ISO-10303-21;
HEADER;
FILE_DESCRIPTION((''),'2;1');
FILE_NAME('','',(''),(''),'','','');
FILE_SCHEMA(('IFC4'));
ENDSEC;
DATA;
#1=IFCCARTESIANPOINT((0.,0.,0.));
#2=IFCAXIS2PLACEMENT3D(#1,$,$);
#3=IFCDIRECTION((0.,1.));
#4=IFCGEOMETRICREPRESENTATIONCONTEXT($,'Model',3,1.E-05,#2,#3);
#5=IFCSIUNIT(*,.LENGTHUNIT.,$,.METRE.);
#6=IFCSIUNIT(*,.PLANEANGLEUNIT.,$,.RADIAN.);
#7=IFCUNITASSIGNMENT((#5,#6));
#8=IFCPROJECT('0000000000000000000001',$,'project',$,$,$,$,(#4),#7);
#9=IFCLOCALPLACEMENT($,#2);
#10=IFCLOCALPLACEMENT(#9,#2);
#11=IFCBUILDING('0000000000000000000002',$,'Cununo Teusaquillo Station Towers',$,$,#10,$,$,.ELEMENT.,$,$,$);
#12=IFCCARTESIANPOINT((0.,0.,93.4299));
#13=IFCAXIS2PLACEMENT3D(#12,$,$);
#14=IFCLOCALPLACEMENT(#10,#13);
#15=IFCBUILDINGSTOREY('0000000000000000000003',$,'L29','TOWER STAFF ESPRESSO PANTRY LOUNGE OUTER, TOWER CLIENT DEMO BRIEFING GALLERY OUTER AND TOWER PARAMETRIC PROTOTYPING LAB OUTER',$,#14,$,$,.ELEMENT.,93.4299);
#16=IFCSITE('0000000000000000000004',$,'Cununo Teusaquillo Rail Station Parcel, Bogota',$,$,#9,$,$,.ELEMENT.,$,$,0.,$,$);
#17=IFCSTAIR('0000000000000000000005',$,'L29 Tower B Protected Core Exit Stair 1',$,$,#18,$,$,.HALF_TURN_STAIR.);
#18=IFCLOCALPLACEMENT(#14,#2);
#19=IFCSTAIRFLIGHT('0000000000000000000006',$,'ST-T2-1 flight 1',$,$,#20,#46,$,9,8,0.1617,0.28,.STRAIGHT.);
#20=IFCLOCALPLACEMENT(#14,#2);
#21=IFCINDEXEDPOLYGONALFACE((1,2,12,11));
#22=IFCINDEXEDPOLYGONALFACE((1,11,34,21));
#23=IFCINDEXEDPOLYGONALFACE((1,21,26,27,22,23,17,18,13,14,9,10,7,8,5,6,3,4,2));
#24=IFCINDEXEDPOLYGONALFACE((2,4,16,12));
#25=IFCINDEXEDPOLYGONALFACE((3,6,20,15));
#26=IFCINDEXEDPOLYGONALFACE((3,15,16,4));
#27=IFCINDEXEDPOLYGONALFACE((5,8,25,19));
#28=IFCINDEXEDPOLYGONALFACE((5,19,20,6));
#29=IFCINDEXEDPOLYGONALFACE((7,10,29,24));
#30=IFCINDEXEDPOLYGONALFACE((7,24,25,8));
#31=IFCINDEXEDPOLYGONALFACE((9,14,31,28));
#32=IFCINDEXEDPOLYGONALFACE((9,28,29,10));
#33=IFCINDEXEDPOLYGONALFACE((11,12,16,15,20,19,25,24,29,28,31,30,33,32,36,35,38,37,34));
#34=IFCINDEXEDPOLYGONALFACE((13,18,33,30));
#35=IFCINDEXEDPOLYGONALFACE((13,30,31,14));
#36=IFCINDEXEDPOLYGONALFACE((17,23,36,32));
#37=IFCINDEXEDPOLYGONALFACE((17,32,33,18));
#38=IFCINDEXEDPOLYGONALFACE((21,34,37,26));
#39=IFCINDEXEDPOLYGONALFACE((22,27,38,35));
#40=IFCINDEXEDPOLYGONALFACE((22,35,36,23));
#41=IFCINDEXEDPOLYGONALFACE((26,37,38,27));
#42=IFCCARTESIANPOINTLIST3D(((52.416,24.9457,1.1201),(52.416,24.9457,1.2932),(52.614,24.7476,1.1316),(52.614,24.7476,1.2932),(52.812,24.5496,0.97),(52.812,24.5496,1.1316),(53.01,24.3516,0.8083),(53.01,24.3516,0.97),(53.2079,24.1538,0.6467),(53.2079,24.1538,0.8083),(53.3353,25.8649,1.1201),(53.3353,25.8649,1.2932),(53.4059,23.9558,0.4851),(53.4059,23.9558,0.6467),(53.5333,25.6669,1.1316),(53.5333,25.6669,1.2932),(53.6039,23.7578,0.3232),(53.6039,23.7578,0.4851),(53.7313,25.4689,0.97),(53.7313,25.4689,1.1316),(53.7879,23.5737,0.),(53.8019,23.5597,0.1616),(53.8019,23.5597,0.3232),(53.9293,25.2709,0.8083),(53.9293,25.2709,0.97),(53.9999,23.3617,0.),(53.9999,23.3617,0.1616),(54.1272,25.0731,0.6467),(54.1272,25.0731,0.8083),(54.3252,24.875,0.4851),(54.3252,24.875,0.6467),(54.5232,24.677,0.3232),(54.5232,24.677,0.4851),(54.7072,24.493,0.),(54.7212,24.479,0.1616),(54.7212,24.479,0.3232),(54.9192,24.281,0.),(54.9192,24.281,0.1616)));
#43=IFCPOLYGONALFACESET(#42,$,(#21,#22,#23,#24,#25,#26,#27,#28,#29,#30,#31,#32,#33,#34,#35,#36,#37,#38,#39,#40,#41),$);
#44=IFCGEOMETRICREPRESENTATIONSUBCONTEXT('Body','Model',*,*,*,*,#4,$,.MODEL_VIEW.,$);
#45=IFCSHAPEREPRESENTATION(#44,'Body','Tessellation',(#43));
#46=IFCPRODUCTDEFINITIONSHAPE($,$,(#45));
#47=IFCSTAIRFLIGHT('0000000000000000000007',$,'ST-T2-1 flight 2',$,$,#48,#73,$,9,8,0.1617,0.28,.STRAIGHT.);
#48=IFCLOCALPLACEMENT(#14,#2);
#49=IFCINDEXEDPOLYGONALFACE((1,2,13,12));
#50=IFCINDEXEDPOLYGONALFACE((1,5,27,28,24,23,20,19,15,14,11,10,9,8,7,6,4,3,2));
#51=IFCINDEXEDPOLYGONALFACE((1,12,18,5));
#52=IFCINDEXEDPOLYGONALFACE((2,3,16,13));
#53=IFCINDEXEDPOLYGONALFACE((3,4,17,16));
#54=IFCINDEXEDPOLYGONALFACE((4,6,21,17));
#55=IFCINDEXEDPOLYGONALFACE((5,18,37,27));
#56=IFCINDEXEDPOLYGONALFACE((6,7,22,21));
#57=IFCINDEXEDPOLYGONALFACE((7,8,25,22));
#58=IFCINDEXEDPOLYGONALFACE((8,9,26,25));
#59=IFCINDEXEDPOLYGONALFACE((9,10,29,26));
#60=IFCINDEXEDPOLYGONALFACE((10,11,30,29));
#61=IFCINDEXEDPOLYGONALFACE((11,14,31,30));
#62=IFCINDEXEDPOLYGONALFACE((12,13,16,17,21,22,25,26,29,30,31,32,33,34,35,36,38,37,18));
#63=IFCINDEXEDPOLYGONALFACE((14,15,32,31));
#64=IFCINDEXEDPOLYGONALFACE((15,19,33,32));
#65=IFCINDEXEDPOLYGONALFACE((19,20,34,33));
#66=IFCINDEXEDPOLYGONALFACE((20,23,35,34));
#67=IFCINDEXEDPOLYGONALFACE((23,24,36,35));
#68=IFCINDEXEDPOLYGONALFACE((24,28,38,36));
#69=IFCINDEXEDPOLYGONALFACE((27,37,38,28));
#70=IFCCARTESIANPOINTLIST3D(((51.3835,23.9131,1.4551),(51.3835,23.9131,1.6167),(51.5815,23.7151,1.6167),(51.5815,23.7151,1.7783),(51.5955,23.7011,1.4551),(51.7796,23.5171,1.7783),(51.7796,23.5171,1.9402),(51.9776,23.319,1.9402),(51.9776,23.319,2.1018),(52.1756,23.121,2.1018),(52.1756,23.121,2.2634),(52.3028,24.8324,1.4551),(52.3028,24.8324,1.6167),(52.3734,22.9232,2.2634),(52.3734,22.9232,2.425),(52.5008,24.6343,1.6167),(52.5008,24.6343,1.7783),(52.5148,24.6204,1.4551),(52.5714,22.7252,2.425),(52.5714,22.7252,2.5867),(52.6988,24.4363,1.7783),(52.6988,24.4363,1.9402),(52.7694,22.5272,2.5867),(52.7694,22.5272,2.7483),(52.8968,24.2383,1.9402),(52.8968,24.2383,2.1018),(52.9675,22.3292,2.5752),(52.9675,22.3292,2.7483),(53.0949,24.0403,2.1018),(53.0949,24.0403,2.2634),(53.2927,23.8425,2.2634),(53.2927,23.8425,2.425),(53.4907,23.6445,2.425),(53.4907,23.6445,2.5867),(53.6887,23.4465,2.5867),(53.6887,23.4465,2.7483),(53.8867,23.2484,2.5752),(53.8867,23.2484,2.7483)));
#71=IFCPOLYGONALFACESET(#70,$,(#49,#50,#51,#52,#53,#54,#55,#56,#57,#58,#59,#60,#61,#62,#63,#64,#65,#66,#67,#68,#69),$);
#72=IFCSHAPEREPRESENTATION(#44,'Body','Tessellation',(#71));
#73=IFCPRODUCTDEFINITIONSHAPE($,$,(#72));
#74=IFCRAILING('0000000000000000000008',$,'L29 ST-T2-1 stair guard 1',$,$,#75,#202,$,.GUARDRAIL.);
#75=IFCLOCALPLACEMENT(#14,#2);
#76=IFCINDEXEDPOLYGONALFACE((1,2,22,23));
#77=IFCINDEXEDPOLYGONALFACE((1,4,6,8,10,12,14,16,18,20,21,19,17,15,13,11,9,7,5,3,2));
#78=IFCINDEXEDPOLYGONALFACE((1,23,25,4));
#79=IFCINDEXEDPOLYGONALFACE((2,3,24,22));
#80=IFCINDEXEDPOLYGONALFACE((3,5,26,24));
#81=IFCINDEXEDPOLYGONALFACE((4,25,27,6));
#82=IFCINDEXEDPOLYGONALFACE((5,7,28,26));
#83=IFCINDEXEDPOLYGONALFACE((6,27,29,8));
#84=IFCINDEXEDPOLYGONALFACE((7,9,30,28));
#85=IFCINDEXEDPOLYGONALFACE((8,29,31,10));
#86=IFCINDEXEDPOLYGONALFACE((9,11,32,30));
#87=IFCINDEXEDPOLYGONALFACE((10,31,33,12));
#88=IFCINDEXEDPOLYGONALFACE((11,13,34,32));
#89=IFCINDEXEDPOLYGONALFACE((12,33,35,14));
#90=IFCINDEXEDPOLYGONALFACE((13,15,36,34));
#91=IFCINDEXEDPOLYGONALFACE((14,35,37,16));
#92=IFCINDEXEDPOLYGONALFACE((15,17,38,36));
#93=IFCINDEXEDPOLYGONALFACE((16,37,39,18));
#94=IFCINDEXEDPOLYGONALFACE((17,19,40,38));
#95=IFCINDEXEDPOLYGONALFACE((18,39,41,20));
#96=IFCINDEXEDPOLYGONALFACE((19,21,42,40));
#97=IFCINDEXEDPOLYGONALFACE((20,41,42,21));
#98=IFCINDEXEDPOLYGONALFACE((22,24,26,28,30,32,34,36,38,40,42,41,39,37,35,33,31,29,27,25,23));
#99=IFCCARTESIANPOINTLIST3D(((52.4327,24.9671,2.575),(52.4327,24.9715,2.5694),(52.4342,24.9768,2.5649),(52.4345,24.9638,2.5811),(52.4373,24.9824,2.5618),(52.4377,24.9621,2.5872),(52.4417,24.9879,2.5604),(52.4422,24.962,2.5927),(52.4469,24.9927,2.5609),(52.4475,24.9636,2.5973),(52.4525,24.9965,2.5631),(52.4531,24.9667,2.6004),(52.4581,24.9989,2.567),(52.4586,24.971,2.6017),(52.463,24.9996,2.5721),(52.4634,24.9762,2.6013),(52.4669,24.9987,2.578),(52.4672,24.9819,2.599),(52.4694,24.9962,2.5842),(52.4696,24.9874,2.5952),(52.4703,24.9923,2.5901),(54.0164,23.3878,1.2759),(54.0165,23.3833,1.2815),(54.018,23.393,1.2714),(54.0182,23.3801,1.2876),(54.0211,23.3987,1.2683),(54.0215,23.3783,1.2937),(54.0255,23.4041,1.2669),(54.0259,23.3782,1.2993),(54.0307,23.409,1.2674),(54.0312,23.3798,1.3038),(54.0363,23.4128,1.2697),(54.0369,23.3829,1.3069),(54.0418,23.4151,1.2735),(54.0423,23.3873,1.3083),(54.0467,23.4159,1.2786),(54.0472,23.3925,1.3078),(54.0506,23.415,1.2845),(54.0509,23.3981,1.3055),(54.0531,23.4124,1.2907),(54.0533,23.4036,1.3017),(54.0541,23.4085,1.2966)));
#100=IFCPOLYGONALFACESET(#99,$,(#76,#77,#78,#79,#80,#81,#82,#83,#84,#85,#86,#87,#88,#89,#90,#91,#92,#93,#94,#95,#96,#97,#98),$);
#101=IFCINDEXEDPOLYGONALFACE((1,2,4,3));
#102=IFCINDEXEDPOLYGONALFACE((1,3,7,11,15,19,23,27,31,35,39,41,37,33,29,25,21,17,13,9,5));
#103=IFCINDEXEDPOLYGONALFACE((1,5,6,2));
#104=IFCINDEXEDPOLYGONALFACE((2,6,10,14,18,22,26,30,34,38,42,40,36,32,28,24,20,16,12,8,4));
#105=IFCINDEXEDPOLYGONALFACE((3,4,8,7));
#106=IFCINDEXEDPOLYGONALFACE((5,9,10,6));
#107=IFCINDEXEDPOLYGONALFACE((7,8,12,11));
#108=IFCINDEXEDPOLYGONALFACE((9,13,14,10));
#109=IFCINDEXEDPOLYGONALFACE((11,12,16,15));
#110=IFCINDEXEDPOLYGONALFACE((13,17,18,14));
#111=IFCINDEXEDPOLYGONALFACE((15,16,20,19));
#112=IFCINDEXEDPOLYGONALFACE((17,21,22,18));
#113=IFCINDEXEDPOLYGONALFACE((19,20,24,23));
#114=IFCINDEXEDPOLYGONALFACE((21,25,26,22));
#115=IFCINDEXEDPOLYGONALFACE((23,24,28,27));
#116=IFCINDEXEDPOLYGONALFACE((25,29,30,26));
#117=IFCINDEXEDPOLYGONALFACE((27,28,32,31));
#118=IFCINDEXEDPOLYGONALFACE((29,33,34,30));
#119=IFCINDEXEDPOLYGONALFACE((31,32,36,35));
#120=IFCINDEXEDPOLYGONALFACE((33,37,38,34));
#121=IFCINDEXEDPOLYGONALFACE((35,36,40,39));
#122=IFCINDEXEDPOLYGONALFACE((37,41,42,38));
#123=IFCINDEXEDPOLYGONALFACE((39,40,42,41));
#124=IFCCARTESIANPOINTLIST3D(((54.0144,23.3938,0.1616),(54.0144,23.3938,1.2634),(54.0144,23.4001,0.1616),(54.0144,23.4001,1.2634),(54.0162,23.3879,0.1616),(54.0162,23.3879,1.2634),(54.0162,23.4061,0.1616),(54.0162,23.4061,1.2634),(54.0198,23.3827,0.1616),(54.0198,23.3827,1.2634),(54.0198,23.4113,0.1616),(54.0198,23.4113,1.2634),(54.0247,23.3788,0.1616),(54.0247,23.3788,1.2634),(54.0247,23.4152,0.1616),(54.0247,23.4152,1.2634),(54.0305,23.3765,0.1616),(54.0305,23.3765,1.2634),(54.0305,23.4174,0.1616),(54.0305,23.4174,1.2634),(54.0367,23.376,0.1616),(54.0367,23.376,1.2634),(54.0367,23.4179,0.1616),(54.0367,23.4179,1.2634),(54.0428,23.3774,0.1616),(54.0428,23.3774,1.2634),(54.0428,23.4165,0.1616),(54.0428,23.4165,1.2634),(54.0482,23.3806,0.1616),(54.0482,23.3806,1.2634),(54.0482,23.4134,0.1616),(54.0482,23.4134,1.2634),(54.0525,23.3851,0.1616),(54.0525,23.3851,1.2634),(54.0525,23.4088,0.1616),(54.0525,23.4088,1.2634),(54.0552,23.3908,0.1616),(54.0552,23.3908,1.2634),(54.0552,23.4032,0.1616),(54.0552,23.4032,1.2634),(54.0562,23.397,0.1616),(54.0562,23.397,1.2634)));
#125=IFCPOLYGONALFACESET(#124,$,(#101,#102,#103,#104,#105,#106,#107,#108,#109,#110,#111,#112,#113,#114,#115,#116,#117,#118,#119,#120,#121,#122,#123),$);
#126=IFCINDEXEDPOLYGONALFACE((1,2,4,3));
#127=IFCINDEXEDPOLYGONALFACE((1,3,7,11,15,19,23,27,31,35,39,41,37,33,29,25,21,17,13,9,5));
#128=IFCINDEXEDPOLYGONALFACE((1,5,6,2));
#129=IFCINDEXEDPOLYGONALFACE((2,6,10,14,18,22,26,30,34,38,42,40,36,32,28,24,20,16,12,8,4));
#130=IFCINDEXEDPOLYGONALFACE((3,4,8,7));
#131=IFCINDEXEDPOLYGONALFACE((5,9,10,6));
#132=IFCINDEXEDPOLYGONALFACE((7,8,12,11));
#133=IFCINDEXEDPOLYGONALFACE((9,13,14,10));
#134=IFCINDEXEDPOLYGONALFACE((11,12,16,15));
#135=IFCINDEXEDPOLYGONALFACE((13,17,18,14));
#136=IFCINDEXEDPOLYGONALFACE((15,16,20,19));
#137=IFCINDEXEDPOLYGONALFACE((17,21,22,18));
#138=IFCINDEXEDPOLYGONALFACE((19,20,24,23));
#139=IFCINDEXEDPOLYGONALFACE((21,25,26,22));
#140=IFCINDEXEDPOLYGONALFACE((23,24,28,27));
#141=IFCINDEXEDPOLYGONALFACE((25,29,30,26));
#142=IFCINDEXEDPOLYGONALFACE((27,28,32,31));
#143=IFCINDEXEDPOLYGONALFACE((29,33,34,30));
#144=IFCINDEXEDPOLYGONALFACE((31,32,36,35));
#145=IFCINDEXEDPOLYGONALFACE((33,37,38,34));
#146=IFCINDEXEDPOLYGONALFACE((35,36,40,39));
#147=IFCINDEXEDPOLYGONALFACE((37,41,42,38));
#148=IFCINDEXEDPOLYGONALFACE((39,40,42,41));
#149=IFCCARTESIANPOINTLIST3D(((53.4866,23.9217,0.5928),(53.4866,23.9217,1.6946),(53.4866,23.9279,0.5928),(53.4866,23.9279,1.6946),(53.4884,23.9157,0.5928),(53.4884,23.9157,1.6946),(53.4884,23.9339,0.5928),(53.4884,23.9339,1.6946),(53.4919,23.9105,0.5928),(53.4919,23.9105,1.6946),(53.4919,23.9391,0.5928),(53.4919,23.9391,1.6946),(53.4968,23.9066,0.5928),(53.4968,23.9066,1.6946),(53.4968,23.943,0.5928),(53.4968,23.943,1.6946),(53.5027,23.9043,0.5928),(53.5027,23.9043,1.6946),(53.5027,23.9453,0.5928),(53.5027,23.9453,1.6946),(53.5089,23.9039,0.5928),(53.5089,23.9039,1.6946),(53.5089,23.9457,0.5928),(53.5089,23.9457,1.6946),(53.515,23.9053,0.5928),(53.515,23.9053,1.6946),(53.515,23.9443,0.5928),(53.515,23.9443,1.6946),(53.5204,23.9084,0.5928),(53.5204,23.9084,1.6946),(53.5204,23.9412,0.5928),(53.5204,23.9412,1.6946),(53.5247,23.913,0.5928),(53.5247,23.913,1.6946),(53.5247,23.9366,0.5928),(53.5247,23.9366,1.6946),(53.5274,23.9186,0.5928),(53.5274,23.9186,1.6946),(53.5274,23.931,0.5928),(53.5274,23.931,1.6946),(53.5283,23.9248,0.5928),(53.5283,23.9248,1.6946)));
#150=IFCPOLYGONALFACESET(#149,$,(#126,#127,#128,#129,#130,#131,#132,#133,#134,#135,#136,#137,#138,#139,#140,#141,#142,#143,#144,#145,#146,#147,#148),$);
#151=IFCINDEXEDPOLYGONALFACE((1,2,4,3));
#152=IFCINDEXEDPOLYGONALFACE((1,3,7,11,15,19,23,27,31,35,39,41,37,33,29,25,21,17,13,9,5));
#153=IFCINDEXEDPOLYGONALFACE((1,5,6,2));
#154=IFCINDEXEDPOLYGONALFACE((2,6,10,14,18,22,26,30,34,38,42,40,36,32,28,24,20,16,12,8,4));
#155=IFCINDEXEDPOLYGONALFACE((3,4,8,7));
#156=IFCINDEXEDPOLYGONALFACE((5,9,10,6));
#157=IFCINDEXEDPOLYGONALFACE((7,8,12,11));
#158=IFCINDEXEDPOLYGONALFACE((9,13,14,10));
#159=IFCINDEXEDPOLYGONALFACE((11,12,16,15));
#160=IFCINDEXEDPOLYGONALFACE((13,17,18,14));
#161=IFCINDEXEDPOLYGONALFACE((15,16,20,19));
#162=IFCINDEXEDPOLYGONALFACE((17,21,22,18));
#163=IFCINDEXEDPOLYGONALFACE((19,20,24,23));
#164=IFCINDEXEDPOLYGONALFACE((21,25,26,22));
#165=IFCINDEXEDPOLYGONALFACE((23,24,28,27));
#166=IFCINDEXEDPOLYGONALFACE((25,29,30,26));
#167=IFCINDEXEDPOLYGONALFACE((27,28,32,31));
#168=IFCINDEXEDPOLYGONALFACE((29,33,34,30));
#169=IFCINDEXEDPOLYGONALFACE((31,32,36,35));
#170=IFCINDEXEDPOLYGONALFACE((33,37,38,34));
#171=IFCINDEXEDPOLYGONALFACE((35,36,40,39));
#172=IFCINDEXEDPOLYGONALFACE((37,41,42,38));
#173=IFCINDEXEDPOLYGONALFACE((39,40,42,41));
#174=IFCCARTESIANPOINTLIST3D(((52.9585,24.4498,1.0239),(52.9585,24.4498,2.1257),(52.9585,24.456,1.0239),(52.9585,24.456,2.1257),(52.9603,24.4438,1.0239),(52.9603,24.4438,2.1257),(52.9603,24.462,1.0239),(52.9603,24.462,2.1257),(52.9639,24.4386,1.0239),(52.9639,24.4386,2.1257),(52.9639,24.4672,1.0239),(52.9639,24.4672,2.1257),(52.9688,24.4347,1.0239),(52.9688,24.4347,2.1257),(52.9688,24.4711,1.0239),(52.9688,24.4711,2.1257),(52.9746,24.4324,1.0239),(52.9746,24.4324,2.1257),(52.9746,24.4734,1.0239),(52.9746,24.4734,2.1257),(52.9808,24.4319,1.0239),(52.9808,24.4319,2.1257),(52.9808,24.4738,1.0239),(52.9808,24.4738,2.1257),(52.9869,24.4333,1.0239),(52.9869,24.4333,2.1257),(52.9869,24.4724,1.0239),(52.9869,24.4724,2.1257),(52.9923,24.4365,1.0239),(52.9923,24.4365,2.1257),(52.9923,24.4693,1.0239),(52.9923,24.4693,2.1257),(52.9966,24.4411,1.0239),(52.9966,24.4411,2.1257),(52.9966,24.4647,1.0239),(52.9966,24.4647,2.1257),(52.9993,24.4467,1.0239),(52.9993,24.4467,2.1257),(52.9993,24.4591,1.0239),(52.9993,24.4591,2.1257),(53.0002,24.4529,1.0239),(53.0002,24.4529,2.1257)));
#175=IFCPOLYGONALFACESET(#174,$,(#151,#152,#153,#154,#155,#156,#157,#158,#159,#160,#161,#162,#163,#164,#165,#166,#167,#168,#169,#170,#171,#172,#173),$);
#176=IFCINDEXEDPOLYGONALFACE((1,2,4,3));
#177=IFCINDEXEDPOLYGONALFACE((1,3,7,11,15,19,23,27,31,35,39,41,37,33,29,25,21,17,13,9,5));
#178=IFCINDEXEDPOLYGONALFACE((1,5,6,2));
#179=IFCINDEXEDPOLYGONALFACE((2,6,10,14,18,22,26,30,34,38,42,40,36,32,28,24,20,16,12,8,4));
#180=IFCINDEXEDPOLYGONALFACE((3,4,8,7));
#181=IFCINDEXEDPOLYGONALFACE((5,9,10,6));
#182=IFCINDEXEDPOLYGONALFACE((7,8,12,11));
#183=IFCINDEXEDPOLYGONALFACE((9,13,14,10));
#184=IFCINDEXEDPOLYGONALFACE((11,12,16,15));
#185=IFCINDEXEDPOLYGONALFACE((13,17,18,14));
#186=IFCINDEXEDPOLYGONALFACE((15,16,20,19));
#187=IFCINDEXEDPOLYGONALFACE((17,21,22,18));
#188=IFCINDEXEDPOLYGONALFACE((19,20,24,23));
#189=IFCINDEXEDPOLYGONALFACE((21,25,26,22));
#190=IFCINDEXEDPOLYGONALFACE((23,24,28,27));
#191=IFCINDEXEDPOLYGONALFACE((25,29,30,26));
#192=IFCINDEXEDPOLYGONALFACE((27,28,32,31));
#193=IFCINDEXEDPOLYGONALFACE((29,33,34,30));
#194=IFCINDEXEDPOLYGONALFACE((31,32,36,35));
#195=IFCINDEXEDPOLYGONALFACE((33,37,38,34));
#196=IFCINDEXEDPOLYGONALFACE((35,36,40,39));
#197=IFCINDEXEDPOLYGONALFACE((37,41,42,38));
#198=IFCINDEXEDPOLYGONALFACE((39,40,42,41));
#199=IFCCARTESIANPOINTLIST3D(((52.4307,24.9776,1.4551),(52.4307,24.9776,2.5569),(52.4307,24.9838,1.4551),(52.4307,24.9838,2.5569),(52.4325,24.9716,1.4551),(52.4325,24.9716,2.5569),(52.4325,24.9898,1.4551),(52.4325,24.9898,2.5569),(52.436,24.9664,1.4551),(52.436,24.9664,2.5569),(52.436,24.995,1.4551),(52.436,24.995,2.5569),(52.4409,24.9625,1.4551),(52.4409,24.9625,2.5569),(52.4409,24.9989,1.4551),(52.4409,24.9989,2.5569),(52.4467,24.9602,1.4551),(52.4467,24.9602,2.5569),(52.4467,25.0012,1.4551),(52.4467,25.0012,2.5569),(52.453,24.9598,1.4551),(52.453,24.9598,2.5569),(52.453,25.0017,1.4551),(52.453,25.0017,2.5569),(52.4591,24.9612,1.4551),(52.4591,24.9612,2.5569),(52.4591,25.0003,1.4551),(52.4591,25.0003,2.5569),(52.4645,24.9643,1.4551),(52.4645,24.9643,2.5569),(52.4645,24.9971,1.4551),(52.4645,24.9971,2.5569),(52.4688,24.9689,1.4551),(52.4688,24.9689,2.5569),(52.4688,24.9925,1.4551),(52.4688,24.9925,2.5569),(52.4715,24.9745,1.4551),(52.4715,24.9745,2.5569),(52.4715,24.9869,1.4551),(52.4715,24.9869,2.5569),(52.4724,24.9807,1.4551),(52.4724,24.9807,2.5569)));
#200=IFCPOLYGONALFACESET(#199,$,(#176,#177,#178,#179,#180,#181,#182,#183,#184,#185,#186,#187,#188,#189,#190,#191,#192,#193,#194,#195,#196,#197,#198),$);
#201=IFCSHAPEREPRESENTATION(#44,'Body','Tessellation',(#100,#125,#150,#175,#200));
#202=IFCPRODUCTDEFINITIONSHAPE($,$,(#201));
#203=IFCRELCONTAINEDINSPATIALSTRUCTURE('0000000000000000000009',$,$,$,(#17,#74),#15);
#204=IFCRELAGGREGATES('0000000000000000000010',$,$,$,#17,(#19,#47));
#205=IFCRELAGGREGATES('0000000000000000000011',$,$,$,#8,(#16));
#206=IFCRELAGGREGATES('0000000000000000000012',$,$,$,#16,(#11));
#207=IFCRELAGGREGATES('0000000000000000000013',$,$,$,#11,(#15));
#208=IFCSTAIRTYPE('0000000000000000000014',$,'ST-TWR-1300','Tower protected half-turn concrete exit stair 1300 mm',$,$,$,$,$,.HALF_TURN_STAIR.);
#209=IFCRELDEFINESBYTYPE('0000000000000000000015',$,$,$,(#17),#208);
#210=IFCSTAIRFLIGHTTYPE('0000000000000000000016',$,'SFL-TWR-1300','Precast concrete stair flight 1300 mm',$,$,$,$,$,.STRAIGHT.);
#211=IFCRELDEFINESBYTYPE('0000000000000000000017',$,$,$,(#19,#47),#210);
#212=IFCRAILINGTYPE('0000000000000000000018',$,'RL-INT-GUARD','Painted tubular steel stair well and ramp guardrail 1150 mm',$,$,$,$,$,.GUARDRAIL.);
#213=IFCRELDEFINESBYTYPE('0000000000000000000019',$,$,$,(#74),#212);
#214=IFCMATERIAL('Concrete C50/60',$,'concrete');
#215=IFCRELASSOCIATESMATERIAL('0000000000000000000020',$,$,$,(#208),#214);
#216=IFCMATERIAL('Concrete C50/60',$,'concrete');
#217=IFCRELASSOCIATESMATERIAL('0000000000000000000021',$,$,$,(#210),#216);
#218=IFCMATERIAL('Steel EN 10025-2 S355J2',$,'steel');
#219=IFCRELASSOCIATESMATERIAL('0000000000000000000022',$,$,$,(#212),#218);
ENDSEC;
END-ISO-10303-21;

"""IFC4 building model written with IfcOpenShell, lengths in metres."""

from ifc_helpers import new_model, si_unit, direction, frame, origin, origin_2d, place, context, subcontext, project, spatial, polyline, circle, outline, extrude, material, type_object, element, aggregate, save


model = new_model("IFC4")

# Units and contexts
model_context = context("Model", 3, precision=1e-05, world=origin(), true_north=direction((0.0, 1.0)))
body_context = subcontext(model_context, "Body", "Model", "MODEL_VIEW")
ifc_project = project(units=[si_unit("LENGTHUNIT", "METRE"), si_unit("PLANEANGLEUNIT", "RADIAN")], contexts=[model_context])

# Site, building, storey
site_placement = place(None, origin())
site = spatial("IfcSite", under=ifc_project, at=site_placement, Name="Cununo Teusaquillo Rail Station Parcel, Bogota", CompositionType="ELEMENT", RefElevation=0.0)
building_placement = place(site_placement, origin())
building = spatial("IfcBuilding", under=site, at=building_placement, Name="Cununo Teusaquillo Station Towers", CompositionType="ELEMENT")
storey_placement = place(building_placement, frame((0.0, 0.0, 93.4299)))
storey = spatial("IfcBuildingStorey", under=building, at=storey_placement, Name="L29", Description="TOWER STAFF ESPRESSO PANTRY LOUNGE OUTER, TOWER CLIENT DEMO BRIEFING GALLERY OUTER AND TOWER PARAMETRIC PROTOTYPING LAB OUTER", CompositionType="ELEMENT", Elevation=93.4299)

# Stair, stair flights
ifc_material_1 = material(Name="Concrete C50/60", Category="concrete")
stair_type = type_object("IfcStairType", Name="ST-TWR-1300", Description="Tower protected half-turn concrete exit stair 1300 mm", PredefinedType="HALF_TURN_STAIR", material=ifc_material_1)
stair_placement = place(storey_placement, origin())
stair = element("IfcStair", 1, at=stair_placement, inside=storey, type_object=stair_type, Name="L29 Tower B Protected Core Exit Stair 1", PredefinedType="HALF_TURN_STAIR")
ifc_material_2 = material(Name="Concrete C50/60", Category="concrete")
stair_flight_type = type_object("IfcStairFlightType", Name="SFL-TWR-1300", Description="Precast concrete stair flight 1300 mm", PredefinedType="STRAIGHT", material=ifc_material_2)
stair_flight_1_placement = place(storey_placement, frame((54.4595, 23.8213, 0.0), z_axis=(0.0, 0.0, 1.0), x_axis=(-0.707107, 0.707107, 0.0)))
stair_flight_1 = element("IfcStairFlight", 2, at=stair_flight_1_placement, type_object=stair_flight_type, Name="ST-T2-1 flight 1", NumberOfRisers=9, NumberOfTreads=8, PredefinedType="STRAIGHT", RiserHeight=0.1617, TreadLength=0.28, context=body_context, shape_type="SweptSolid", body=[
    extrude(outline(polyline([(0.0, 0.0), (0.0, 0.1616), (0.28, 0.1616), (0.28, 0.3232), (0.5601, 0.3232), (0.5601, 0.4851), (0.8401, 0.4851), (0.8401, 0.6467), (1.1201, 0.6467), (1.1201, 0.8083), (1.3999, 0.8083), (1.3999, 0.97), (1.6799, 0.97), (1.6799, 1.1316), (1.96, 1.1316), (1.96, 1.2932), (2.24, 1.2932), (2.24, 1.4551), (2.24, 1.1201), (0.2998, 0.0), (0.0, 0.0)])), frame((0.0, 0.6499, 0.0), z_axis=(0.0, -1.0, 0.0), x_axis=(1.0, 0.0, 0.0)), (0.0, 0.0, 1.0), 1.3),
])
stair_flight_2_placement = place(storey_placement, frame((51.8433, 24.3728, 1.4551), z_axis=(0.0, 0.0, 1.0), x_axis=(0.707107, -0.707107, 0.0)))
stair_flight_2 = element("IfcStairFlight", 3, at=stair_flight_2_placement, type_object=stair_flight_type, Name="ST-T2-1 flight 2", NumberOfRisers=9, NumberOfTreads=8, PredefinedType="STRAIGHT", RiserHeight=0.1617, TreadLength=0.28, context=body_context, shape_type="SweptSolid", body=[
    extrude(outline(polyline([(0.0, 0.0), (0.0, 0.1616), (0.28, 0.1616), (0.28, 0.3232), (0.5601, 0.3232), (0.5601, 0.4851), (0.8401, 0.4851), (0.8401, 0.6467), (1.1201, 0.6467), (1.1201, 0.8083), (1.3999, 0.8083), (1.3999, 0.97), (1.6799, 0.97), (1.6799, 1.1316), (1.96, 1.1316), (1.96, 1.2932), (2.24, 1.2932), (2.24, 1.4551), (2.24, 1.1201), (0.2998, 0.0), (0.0, 0.0)])), frame((0.0, 0.6499, 0.0), z_axis=(0.0, -1.0, 0.0), x_axis=(1.0, 0.0, 0.0)), (0.0, 0.0, 1.0), 1.3),
])
aggregate(stair, [stair_flight_1, stair_flight_2])

# Railing
ifc_material_3 = material(Name="Steel EN 10025-2 S355J2", Category="steel")
railing_type_1 = type_object("IfcRailingType", Name="RL-INT-GUARD", Description="Painted tubular steel stair well and ramp guardrail 1150 mm", PredefinedType="GUARDRAIL", material=ifc_material_3)
railing_1_placement = place(storey_placement, frame((54.0352, 23.397, 0.1616)))
element("IfcRailing", 4, at=railing_1_placement, inside=storey, type_object=railing_type_1, Name="L29 ST-T2-1 stair guard 1", PredefinedType="GUARDRAIL", context=body_context, shape_type="SweptSolid", body=[
    extrude(circle(Radius=0.0239, at=origin_2d()), frame((0.0, 0.0, 1.126), z_axis=(-0.612332, 0.612332, 0.500098), x_axis=(-0.707107, -0.707107, 0.0)), (0.0, 0.0, 1.0), 2.5864),
    extrude(circle(Radius=0.021, at=origin_2d()), origin(), (0.0, 0.0, 1.0), 1.1018),
    extrude(circle(Radius=0.021, at=origin_2d()), frame((-0.5278, 0.5278, 0.4312)), (0.0, 0.0, 1.0), 1.1018),
    extrude(circle(Radius=0.021, at=origin_2d()), frame((-1.0559, 1.0559, 0.8623)), (0.0, 0.0, 1.0), 1.1018),
    extrude(circle(Radius=0.021, at=origin_2d()), frame((-1.5837, 1.5837, 1.2935)), (0.0, 0.0, 1.0), 1.1018),
])

save(model, "model.ifc")
